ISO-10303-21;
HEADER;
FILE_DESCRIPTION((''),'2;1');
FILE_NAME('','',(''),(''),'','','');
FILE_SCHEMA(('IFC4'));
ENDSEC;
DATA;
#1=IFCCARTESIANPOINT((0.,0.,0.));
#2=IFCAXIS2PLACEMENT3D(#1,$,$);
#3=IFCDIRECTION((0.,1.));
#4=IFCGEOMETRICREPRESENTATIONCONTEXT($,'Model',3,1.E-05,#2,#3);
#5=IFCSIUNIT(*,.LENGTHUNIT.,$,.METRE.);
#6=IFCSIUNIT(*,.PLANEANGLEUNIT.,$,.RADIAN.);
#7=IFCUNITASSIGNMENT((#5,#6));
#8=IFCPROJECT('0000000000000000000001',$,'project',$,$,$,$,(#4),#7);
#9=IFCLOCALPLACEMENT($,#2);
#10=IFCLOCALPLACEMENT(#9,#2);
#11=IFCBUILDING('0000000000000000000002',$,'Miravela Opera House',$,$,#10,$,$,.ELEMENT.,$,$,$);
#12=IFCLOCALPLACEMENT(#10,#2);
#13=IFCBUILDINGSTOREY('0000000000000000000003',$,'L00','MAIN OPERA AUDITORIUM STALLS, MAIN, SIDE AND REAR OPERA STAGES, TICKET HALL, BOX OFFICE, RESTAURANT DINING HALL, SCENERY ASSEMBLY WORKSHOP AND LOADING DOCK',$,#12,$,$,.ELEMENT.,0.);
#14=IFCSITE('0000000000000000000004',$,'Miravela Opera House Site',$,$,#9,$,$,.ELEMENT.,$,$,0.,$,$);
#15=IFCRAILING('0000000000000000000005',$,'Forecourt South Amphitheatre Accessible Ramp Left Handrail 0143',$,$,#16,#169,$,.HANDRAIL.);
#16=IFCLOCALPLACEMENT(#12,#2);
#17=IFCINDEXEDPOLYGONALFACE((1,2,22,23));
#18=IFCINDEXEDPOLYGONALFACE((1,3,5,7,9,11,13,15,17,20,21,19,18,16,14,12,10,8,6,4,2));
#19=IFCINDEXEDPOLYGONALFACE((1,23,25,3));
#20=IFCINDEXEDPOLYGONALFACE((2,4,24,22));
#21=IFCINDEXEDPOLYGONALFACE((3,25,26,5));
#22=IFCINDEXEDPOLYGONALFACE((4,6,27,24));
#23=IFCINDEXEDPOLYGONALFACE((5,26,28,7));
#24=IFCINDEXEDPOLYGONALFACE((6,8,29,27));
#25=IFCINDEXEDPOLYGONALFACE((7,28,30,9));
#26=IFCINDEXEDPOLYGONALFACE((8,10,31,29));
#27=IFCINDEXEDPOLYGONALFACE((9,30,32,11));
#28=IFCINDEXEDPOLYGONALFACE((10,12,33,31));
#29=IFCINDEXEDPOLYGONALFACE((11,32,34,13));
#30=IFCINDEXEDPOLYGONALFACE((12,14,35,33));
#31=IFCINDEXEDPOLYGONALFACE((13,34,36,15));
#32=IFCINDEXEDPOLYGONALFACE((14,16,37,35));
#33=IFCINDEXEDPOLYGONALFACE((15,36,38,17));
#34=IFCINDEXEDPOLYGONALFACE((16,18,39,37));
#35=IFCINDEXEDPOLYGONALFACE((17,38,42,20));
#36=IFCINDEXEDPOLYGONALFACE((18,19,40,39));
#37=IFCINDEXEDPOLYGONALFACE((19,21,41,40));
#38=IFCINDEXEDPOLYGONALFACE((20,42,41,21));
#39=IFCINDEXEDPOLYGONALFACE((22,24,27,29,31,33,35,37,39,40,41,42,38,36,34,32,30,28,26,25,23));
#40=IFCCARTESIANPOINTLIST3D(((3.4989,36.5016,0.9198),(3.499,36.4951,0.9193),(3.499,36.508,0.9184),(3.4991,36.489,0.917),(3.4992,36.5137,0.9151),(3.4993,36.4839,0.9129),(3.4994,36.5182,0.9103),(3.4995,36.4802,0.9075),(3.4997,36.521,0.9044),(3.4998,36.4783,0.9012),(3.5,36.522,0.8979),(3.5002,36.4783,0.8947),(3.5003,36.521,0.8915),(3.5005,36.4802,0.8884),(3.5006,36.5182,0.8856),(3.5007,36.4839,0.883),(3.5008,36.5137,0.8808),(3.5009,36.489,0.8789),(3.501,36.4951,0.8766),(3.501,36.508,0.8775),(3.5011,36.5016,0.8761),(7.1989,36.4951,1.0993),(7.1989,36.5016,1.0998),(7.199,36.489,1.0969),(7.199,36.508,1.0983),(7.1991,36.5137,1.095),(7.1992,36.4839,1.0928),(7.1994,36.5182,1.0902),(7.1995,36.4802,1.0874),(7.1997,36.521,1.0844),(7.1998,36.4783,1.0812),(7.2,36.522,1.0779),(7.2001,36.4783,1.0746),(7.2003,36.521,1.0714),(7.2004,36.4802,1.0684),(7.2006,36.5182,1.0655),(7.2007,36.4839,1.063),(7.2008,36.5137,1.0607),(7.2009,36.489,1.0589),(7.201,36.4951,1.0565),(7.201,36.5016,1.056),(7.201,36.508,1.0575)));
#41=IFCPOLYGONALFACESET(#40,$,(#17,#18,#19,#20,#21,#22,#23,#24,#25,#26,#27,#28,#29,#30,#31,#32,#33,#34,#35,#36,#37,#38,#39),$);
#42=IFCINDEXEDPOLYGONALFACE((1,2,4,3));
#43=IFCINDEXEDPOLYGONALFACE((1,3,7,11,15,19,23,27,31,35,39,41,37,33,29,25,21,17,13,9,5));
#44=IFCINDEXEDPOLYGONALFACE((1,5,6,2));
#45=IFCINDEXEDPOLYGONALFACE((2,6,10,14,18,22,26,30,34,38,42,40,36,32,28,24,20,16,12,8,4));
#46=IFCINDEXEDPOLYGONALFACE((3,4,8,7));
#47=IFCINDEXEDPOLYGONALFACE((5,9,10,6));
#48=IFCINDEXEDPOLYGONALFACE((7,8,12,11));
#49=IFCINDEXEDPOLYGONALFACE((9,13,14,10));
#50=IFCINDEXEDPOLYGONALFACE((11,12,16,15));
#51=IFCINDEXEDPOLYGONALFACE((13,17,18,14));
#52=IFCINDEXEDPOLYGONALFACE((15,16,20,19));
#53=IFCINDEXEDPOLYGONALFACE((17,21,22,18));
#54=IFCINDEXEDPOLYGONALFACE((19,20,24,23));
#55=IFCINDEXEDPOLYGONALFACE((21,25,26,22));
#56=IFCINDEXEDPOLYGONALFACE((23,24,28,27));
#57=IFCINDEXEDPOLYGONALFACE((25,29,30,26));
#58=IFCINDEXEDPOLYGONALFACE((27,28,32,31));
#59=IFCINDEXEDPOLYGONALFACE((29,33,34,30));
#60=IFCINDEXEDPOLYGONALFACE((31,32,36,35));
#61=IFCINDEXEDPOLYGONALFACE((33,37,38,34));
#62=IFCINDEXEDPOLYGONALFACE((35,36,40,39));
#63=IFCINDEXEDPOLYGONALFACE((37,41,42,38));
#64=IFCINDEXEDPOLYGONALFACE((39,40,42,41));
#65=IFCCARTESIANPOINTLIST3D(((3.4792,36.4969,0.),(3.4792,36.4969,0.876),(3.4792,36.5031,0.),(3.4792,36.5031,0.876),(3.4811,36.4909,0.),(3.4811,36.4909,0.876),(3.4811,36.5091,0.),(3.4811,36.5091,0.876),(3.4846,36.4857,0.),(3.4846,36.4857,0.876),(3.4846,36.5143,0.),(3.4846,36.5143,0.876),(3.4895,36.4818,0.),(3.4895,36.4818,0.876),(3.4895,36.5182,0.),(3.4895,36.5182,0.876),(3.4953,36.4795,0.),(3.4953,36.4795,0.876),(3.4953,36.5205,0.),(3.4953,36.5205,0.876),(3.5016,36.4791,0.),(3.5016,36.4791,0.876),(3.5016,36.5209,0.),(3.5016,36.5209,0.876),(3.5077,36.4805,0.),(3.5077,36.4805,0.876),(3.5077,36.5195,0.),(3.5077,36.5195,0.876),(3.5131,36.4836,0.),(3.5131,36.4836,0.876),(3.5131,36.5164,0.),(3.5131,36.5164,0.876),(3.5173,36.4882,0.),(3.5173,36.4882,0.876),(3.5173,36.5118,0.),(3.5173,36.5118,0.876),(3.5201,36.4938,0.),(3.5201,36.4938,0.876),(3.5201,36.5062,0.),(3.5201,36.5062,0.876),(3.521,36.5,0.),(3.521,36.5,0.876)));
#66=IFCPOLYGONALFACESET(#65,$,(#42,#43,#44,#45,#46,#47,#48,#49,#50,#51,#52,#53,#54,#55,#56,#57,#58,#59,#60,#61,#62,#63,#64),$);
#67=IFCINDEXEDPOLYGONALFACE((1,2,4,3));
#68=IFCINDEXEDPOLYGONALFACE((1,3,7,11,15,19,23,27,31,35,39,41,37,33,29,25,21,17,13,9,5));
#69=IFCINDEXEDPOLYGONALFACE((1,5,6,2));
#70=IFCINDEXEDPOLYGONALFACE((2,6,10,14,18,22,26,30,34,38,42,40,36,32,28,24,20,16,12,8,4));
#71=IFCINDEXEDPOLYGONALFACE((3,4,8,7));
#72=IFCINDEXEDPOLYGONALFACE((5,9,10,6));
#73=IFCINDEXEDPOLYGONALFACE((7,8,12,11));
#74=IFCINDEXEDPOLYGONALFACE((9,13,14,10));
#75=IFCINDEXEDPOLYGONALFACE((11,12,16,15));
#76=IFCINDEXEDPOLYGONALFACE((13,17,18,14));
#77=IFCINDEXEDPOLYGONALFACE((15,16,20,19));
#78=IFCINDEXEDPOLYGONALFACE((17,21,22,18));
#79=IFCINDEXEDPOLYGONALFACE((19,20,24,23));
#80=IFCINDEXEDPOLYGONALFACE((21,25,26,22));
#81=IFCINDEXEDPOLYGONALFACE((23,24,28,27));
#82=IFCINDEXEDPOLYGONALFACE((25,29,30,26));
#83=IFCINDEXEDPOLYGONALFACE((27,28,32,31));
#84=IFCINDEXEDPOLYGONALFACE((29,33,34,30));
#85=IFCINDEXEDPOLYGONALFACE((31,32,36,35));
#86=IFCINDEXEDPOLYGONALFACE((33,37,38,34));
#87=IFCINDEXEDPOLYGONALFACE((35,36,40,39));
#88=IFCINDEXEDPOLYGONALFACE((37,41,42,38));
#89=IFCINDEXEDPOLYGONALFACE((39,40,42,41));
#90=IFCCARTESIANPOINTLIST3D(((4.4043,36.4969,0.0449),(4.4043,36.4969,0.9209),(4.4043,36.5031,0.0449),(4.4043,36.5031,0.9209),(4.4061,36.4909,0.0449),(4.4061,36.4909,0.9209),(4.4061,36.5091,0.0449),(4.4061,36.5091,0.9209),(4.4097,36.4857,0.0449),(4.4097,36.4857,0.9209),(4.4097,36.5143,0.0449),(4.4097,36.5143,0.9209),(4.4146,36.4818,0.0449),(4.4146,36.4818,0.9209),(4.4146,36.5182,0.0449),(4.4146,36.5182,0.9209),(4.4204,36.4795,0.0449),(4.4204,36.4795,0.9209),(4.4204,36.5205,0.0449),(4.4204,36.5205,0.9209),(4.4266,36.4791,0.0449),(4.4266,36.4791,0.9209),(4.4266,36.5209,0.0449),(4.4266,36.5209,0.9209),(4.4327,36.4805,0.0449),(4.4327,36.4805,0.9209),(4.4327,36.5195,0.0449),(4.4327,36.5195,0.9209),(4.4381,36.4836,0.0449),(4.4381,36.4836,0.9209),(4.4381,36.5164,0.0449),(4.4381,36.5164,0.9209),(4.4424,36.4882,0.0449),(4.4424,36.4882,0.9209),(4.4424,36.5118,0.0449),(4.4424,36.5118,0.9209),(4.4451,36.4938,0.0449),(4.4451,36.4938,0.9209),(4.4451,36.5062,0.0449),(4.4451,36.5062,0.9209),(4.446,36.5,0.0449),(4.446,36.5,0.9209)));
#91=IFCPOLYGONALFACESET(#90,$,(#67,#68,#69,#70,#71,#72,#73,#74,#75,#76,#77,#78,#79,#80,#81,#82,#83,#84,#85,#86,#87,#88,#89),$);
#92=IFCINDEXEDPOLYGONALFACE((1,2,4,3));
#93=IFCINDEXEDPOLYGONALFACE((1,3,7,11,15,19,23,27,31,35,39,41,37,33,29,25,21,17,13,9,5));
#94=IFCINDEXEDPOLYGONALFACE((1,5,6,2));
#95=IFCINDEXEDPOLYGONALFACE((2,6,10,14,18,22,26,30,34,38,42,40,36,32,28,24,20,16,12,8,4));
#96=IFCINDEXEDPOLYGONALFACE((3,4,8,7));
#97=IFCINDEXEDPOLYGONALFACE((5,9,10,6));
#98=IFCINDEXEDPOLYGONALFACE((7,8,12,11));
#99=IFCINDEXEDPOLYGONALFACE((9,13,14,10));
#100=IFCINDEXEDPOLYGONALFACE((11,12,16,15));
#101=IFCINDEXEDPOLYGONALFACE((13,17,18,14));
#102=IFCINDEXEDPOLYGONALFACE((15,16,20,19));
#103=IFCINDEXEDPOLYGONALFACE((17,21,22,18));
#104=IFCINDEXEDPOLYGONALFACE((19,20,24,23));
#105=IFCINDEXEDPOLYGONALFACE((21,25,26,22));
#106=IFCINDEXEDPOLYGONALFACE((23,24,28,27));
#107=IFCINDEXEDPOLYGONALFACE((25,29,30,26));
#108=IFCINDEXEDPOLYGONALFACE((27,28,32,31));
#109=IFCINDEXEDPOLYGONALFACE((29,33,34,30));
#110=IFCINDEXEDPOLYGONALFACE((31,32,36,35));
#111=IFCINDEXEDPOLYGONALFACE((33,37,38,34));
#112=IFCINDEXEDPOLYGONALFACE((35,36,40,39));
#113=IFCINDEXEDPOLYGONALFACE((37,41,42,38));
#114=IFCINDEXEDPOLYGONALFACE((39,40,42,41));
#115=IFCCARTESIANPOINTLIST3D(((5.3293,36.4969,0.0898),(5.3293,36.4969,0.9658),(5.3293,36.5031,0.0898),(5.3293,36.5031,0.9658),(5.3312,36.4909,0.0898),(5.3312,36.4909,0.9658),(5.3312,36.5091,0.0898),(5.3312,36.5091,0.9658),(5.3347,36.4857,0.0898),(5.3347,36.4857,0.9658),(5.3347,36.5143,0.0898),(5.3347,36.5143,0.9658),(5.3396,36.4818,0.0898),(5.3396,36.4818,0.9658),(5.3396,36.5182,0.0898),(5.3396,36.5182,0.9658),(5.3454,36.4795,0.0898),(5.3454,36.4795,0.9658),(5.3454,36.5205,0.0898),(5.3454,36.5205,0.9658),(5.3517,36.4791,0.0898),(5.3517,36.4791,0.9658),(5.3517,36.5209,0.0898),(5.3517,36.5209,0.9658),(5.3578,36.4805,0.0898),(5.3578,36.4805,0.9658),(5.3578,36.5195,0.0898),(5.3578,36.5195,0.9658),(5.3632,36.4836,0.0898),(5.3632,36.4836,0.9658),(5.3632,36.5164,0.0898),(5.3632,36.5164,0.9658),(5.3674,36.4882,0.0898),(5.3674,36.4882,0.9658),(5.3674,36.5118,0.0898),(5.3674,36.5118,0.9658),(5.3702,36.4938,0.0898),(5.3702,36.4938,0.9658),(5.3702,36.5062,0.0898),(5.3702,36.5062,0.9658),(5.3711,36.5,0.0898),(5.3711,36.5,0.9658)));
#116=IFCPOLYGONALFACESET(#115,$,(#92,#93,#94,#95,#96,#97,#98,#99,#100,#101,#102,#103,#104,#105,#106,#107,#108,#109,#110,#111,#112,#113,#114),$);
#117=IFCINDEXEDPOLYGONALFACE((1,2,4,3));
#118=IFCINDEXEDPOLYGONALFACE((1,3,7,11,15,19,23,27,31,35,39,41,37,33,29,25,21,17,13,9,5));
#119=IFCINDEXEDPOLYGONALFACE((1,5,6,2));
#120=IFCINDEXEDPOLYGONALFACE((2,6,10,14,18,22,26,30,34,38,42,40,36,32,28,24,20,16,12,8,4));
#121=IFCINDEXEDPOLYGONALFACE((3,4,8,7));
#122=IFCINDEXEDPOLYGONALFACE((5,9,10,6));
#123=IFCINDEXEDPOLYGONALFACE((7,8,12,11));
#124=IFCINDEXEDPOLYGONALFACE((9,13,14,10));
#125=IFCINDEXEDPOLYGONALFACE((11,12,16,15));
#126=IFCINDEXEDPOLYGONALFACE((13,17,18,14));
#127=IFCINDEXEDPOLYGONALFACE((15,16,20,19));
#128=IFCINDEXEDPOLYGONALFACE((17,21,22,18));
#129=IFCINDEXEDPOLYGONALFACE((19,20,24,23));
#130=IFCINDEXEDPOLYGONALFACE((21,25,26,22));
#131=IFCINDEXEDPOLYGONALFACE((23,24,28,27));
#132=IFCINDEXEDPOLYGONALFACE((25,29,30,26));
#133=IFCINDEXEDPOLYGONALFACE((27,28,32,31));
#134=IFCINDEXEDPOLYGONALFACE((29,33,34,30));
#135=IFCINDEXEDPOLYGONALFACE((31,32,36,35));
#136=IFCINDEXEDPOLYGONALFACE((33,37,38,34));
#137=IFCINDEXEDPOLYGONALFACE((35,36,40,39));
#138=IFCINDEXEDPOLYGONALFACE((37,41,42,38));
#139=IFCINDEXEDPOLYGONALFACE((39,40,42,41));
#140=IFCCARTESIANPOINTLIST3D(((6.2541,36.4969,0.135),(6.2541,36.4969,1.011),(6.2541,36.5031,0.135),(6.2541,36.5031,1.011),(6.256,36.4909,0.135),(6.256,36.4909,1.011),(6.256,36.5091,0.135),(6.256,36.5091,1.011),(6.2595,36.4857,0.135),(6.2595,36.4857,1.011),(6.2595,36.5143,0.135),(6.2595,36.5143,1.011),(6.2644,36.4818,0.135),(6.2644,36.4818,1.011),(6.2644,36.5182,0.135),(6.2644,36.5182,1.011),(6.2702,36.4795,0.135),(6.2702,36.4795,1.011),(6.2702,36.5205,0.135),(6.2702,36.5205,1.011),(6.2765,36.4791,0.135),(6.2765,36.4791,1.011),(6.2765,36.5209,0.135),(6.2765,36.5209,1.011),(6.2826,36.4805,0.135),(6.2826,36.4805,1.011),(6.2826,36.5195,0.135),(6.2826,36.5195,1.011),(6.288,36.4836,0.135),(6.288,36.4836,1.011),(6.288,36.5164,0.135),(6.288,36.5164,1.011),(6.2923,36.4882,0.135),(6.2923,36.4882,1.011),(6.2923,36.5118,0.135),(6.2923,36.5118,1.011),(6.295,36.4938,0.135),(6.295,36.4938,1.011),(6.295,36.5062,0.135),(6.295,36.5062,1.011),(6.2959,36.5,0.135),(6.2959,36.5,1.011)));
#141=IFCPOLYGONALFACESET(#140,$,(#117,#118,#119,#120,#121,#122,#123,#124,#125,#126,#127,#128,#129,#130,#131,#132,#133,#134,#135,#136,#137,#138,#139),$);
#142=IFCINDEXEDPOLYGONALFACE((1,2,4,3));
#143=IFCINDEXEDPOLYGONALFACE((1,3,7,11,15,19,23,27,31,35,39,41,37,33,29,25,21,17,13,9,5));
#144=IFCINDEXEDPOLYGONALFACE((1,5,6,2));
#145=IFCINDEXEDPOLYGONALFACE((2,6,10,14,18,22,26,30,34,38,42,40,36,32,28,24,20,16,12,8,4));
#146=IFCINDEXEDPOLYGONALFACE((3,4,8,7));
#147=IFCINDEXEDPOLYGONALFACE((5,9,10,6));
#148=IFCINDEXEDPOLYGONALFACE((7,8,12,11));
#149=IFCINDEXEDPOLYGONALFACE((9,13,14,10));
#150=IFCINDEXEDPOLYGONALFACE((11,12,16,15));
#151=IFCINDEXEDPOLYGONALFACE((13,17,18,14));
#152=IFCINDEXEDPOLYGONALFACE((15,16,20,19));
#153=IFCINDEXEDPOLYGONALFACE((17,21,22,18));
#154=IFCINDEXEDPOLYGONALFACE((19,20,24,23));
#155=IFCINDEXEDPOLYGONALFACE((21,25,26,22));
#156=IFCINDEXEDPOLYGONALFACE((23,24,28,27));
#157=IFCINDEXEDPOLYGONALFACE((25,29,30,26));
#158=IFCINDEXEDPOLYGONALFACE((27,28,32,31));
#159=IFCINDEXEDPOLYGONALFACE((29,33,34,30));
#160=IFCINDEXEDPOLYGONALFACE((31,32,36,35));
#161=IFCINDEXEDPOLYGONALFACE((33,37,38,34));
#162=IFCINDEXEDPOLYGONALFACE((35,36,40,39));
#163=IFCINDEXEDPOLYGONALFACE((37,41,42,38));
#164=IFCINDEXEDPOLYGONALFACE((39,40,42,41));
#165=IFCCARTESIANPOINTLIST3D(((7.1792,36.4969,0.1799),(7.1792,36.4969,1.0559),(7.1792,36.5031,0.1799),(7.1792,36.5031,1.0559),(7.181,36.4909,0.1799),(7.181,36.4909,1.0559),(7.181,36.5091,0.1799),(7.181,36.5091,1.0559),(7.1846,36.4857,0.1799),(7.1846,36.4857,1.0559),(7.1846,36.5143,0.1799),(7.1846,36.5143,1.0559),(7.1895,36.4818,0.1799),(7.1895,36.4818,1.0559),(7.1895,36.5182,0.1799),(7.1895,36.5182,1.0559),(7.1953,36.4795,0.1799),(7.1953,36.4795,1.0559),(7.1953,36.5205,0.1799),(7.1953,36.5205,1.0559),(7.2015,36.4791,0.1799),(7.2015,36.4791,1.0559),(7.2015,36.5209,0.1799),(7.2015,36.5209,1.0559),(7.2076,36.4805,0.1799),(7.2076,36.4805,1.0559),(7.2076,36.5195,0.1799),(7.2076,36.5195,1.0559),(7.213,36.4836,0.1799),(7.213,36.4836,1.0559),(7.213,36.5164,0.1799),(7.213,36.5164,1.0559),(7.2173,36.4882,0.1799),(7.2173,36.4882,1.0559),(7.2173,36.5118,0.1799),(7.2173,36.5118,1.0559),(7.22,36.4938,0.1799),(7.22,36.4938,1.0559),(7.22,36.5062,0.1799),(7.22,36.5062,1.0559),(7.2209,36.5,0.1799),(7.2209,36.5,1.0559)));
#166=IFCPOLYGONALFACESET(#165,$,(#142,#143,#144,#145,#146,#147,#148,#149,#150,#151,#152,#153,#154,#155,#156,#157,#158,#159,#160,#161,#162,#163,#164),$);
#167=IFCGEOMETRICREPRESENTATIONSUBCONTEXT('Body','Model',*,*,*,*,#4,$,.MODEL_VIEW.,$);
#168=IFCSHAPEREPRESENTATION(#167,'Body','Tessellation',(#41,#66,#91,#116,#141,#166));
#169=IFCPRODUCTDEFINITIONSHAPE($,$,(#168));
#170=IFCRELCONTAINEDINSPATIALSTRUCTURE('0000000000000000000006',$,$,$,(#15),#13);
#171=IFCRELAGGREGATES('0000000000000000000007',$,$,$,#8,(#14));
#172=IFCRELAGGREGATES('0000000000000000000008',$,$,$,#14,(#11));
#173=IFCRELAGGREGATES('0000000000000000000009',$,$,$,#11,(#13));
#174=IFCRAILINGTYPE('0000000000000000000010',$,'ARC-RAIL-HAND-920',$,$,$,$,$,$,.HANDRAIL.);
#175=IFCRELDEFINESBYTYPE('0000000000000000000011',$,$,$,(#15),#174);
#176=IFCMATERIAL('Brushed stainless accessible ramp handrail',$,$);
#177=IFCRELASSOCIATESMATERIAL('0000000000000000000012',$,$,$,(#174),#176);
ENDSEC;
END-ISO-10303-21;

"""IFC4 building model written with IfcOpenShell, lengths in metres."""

from ifc_helpers import new_model, si_unit, direction, frame, origin, origin_2d, place, context, subcontext, project, spatial, circle, extrude, material, type_object, element, save


model = new_model("IFC4")

# Units and contexts
model_context = context("Model", 3, precision=1e-05, world=origin(), true_north=direction((0.0, 1.0)))
body_context = subcontext(model_context, "Body", "Model", "MODEL_VIEW")
ifc_project = project(units=[si_unit("LENGTHUNIT", "METRE"), si_unit("PLANEANGLEUNIT", "RADIAN")], contexts=[model_context])

# Site, building, storey
site_placement = place(None, origin())
site = spatial("IfcSite", under=ifc_project, at=site_placement, Name="Miravela Opera House Site", CompositionType="ELEMENT", RefElevation=0.0)
building_placement = place(site_placement, origin())
building = spatial("IfcBuilding", under=site, at=building_placement, Name="Miravela Opera House", CompositionType="ELEMENT")
storey_placement = place(building_placement, origin())
storey = spatial("IfcBuildingStorey", under=building, at=storey_placement, Name="L00", Description="MAIN OPERA AUDITORIUM STALLS, MAIN, SIDE AND REAR OPERA STAGES, TICKET HALL, BOX OFFICE, RESTAURANT DINING HALL, SCENERY ASSEMBLY WORKSHOP AND LOADING DOCK", CompositionType="ELEMENT", Elevation=0.0)

# Railing
ifc_material_1 = material(Name="Brushed stainless accessible ramp handrail")
railing_type = type_object("IfcRailingType", Name="ARC-RAIL-HAND-920", PredefinedType="HANDRAIL", material=ifc_material_1)
for number, where, name in (
    (1, (3.5, 36.5, 0.0), "Forecourt South Amphitheatre Accessible Ramp Left Handrail 0143"),
):
    element("IfcRailing", number, at=place(storey_placement, frame(where)), inside=storey, type_object=railing_type, Name=name, PredefinedType="HANDRAIL", context=body_context, shape_type="SweptSolid", body=[
        extrude(circle(Radius=0.022, at=origin_2d()), frame((0.0, 0.0, 0.8979), z_axis=(0.99882, 0.0, 0.048573), x_axis=(0.0, 1.0, 0.0)), (0.0, 0.0, 1.0), 3.7043),
        extrude(circle(Radius=0.021, at=origin_2d()), origin(), (0.0, 0.0, 1.0), 0.876),
        extrude(circle(Radius=0.021, at=origin_2d()), frame((0.925, 0.0, 0.0449)), (0.0, 0.0, 1.0), 0.876),
        extrude(circle(Radius=0.021, at=origin_2d()), frame((1.8501, 0.0, 0.0898)), (0.0, 0.0, 1.0), 0.876),
        extrude(circle(Radius=0.021, at=origin_2d()), frame((2.7749, 0.0, 0.135)), (0.0, 0.0, 1.0), 0.876),
        extrude(circle(Radius=0.021, at=origin_2d()), frame((3.7, 0.0, 0.1799)), (0.0, 0.0, 1.0), 0.876),
    ])

save(model, "model.ifc")
